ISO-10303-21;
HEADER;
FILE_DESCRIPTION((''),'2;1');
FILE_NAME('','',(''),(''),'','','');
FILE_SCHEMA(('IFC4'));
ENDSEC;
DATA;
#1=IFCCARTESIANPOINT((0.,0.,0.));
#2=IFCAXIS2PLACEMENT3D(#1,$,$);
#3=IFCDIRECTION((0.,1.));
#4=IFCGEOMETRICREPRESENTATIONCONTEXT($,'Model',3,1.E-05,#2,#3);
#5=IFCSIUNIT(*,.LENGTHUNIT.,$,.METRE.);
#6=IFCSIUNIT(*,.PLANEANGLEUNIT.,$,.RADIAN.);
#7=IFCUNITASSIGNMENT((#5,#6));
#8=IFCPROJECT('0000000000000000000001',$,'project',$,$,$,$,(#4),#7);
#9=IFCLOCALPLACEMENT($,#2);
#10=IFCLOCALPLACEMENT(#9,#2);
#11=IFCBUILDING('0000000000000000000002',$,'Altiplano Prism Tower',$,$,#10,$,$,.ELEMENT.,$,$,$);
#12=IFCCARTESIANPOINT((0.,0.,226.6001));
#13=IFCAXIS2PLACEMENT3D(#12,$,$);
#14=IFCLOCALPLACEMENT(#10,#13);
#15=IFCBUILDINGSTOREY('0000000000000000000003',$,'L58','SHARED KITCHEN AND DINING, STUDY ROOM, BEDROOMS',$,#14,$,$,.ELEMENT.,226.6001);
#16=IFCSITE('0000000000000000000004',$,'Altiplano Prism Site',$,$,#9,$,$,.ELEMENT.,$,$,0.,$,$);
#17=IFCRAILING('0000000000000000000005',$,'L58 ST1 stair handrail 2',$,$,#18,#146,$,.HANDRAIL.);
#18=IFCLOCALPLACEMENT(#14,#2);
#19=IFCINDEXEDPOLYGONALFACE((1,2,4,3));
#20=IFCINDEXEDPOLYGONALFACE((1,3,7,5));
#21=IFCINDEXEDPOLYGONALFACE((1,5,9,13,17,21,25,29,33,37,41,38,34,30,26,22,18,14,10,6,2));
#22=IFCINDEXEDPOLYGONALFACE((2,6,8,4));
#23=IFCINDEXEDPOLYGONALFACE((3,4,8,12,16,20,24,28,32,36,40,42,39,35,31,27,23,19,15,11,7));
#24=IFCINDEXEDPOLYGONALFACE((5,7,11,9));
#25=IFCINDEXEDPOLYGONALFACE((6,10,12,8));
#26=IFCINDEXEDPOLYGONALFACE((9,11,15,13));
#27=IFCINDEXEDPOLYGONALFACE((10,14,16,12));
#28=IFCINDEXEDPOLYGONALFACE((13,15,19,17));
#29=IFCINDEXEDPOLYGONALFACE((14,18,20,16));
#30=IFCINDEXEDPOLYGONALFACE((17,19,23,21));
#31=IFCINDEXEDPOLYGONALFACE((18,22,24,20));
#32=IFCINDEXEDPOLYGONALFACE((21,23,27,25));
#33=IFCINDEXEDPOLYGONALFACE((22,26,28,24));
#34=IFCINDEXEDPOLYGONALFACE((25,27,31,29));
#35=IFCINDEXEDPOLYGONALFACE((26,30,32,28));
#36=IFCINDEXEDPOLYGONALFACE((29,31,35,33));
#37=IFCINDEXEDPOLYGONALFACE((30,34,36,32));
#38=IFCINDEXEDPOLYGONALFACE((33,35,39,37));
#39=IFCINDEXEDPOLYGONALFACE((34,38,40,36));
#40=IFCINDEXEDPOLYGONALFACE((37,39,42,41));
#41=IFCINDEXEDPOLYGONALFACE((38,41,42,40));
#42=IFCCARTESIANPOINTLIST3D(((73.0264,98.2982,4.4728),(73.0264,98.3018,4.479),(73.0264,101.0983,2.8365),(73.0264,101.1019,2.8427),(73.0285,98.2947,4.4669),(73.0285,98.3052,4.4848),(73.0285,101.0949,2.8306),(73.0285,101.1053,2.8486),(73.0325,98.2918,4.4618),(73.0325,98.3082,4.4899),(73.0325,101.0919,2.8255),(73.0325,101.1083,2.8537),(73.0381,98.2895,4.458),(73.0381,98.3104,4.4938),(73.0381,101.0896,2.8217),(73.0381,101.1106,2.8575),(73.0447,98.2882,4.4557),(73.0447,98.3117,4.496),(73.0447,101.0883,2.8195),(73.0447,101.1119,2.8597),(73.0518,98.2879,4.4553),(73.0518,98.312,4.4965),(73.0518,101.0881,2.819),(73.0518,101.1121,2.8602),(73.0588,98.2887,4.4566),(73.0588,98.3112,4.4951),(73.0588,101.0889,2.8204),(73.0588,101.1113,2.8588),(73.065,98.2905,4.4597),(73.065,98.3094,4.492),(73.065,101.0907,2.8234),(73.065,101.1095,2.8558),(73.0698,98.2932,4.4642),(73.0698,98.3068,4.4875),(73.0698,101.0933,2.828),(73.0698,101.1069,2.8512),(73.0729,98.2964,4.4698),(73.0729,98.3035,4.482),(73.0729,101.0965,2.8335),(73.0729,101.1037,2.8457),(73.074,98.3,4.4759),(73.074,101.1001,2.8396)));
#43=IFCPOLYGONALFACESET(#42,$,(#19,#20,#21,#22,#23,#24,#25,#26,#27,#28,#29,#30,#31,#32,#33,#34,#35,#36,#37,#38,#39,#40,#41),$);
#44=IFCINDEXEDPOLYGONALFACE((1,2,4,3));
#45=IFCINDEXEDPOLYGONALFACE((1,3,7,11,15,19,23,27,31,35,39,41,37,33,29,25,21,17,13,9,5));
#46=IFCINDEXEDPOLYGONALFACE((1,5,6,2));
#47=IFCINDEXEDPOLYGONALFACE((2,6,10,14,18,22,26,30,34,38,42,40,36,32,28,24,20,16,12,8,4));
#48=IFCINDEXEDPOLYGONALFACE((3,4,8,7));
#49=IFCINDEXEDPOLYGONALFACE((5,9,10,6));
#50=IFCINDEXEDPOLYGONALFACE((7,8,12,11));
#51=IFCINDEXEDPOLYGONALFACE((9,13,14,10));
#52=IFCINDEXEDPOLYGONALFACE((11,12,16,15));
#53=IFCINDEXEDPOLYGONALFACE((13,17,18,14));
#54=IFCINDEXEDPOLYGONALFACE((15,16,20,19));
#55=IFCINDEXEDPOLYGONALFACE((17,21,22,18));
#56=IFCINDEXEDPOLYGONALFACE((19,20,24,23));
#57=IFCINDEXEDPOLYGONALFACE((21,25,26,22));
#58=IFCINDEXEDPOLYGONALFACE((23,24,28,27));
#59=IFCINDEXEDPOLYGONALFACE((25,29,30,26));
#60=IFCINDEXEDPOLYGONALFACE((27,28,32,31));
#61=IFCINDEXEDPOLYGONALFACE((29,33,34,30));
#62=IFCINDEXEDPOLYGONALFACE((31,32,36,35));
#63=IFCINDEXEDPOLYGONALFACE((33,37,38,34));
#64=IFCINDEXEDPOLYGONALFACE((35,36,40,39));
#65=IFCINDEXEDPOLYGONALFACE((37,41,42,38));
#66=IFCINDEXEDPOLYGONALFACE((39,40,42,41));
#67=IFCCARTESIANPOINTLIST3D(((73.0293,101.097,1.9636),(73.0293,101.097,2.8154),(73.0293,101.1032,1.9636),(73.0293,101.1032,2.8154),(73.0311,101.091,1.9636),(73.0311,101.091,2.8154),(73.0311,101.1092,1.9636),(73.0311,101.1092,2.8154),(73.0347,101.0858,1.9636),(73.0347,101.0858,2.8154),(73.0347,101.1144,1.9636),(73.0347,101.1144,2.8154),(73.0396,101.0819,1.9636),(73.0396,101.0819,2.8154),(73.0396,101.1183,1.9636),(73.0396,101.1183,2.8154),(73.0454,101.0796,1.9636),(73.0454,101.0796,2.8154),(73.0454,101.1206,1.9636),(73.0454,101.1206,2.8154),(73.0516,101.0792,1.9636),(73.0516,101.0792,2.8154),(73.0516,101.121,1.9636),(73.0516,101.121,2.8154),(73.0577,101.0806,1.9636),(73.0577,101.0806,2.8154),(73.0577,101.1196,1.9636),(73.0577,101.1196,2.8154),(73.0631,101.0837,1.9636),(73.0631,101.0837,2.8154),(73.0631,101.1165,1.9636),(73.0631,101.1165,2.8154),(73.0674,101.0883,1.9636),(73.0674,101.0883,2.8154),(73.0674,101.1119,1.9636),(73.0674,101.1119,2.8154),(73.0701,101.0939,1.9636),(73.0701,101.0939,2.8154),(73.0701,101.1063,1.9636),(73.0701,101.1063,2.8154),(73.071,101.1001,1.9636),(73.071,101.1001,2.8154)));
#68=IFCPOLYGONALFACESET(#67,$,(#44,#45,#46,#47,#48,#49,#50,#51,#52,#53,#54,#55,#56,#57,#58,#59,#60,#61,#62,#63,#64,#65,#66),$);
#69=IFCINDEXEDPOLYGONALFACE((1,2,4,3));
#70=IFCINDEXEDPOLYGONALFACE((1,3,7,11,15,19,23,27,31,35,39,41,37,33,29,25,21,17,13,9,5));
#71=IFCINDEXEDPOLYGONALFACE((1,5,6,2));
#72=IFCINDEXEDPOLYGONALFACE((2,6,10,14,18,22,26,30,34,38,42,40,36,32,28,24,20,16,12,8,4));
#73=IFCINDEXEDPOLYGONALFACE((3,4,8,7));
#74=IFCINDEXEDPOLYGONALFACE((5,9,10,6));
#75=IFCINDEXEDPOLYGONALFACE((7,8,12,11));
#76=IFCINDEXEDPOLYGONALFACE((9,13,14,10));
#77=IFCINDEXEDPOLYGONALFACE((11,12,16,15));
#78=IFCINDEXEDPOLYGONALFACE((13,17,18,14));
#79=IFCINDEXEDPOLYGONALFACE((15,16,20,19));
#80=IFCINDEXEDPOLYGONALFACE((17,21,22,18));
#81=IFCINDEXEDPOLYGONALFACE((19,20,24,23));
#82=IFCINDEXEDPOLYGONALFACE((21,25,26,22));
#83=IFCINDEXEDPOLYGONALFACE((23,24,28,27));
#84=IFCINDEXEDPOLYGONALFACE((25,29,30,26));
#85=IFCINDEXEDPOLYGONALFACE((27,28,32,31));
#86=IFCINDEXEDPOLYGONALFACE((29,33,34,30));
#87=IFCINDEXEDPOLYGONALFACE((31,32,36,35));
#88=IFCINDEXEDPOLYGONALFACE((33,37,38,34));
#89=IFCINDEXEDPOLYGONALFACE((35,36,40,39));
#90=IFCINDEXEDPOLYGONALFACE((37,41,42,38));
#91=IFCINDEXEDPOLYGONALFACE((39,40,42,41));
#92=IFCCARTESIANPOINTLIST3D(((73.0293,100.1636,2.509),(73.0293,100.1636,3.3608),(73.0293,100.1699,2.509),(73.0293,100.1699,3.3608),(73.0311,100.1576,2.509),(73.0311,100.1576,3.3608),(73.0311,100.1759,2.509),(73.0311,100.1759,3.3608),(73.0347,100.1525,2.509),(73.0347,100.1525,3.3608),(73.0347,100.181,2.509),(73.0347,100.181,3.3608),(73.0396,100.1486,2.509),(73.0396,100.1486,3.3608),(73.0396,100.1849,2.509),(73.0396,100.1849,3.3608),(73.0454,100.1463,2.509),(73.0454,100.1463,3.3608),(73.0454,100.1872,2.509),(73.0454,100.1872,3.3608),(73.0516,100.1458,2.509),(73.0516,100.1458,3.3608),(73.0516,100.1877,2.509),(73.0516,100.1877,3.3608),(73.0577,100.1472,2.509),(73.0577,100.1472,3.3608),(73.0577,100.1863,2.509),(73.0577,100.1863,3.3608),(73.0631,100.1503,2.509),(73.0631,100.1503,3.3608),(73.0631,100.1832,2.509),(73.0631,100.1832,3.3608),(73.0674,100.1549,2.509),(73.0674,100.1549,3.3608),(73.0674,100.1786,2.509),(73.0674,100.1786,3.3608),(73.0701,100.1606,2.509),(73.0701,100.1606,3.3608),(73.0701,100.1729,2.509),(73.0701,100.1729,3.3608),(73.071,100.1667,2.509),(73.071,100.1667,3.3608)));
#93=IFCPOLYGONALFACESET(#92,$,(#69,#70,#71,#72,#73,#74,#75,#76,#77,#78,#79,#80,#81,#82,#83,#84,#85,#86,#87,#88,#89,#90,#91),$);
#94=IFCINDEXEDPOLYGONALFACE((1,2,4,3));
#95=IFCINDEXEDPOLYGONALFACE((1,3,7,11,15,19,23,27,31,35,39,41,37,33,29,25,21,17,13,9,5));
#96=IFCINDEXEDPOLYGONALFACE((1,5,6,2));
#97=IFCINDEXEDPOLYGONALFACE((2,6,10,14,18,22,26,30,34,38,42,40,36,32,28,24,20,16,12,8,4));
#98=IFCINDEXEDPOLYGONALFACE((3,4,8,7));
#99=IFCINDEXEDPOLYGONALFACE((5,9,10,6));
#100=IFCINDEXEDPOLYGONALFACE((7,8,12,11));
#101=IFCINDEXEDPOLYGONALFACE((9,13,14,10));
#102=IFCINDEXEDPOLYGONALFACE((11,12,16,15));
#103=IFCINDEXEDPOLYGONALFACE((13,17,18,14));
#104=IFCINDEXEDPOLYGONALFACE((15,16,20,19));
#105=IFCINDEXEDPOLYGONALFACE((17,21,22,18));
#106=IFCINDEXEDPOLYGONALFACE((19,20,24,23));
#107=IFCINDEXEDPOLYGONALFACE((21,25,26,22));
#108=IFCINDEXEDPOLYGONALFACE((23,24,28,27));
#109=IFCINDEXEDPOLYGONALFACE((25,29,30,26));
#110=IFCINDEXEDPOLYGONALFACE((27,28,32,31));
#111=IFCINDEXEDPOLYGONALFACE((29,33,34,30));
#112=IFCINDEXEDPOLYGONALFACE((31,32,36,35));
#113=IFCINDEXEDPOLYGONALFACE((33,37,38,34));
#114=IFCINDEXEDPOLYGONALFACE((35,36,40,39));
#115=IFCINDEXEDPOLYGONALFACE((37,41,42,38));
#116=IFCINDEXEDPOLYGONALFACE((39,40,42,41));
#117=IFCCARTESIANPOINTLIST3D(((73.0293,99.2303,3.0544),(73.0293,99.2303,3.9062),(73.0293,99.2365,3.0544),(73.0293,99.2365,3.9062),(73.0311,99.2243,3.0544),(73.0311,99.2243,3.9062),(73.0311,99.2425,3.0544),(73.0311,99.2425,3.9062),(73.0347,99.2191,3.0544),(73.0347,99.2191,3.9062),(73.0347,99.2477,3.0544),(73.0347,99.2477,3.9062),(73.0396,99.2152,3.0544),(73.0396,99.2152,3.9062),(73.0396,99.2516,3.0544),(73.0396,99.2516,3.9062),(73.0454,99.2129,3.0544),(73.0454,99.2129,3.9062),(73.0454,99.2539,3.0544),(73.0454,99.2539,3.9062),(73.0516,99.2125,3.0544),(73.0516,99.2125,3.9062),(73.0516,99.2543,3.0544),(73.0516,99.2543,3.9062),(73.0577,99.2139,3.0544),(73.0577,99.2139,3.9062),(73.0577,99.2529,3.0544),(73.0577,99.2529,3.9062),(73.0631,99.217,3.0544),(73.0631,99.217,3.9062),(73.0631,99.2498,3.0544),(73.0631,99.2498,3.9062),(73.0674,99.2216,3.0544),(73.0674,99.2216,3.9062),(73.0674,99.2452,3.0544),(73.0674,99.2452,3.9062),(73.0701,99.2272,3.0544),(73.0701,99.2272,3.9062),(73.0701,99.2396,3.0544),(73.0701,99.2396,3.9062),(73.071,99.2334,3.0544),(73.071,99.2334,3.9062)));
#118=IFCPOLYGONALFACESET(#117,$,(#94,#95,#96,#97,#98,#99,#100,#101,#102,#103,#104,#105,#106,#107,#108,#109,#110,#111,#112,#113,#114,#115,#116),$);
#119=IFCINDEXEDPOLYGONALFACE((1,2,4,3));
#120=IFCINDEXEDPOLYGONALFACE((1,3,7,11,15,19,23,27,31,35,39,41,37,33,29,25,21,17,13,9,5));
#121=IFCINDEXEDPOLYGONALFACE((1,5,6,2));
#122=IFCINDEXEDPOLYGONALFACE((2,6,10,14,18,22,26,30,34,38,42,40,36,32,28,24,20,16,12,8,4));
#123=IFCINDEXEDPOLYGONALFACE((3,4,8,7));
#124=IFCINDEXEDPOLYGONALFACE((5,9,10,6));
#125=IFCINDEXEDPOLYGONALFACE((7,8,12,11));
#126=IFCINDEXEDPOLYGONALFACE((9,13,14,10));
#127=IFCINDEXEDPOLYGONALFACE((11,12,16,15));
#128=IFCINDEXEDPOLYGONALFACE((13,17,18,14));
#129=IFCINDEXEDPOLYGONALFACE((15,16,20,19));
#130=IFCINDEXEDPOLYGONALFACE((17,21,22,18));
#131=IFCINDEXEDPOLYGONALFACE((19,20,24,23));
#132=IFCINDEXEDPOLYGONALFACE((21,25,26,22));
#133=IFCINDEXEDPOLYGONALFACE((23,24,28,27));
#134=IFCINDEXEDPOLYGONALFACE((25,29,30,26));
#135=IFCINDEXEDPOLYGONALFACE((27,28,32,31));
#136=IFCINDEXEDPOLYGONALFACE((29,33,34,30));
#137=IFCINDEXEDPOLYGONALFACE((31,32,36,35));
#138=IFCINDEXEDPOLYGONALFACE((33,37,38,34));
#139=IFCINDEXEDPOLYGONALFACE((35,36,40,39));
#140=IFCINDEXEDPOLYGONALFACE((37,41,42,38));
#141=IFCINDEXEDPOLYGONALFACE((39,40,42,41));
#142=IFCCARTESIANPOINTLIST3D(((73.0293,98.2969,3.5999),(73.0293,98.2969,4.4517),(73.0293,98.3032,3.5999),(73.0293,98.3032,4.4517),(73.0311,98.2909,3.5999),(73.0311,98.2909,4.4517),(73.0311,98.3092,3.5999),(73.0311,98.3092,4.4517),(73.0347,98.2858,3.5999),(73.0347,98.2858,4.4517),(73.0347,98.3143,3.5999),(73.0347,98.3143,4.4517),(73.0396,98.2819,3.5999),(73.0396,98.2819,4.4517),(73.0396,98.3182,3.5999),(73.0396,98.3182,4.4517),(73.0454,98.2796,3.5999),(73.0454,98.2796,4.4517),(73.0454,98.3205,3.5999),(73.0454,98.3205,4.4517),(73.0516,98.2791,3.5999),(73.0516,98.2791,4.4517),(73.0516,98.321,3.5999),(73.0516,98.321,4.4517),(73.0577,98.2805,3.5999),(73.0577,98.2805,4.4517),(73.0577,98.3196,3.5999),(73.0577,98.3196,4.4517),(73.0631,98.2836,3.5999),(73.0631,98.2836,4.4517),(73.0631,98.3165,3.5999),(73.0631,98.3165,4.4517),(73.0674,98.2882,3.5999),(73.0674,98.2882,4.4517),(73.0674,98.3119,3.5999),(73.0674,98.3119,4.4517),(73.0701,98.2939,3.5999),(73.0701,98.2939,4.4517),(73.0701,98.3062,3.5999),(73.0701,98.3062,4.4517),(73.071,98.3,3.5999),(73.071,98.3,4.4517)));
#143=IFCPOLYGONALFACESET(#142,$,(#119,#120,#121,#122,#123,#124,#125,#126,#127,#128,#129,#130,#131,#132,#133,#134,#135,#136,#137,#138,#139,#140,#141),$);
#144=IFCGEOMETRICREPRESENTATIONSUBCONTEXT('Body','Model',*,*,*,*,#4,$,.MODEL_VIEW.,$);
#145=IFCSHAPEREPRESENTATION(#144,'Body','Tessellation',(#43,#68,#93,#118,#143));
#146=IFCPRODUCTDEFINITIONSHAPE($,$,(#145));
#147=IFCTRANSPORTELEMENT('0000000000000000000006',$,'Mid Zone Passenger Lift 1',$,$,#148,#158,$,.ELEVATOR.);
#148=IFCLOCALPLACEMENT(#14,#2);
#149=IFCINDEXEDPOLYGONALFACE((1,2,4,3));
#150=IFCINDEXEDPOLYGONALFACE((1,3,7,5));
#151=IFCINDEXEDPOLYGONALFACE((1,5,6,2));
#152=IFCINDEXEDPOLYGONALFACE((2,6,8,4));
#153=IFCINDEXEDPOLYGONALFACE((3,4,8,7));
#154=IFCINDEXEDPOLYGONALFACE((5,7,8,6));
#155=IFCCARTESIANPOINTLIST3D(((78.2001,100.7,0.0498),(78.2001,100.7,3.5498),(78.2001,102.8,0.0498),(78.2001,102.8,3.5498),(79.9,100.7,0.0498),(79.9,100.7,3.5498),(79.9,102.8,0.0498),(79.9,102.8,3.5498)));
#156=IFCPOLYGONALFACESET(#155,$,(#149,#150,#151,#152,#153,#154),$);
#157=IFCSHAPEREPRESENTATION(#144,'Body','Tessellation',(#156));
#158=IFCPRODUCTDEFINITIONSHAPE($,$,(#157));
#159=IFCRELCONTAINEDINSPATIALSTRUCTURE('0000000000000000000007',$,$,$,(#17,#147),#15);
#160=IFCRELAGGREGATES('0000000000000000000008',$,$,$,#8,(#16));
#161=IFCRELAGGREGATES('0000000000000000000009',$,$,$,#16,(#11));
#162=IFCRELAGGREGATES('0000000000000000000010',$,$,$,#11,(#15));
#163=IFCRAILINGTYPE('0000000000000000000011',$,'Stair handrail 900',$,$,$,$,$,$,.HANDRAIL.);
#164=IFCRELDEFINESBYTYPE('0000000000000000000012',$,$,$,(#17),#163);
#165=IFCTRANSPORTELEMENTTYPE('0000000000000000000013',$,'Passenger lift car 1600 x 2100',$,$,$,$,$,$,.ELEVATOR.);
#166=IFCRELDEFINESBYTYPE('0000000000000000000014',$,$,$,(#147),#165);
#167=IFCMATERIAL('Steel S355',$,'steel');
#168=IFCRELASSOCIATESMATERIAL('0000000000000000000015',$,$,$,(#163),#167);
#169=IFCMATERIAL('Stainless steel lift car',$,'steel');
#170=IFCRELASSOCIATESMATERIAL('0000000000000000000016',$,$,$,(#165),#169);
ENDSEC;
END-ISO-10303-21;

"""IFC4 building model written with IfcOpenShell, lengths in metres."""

from ifc_helpers import new_model, si_unit, direction, frame, origin, origin_2d, place, context, subcontext, project, spatial, rectangle, circle, extrude, material, type_object, element, save


model = new_model("IFC4")

# Units and contexts
model_context = context("Model", 3, precision=1e-05, world=origin(), true_north=direction((0.0, 1.0)))
body_context = subcontext(model_context, "Body", "Model", "MODEL_VIEW")
ifc_project = project(units=[si_unit("LENGTHUNIT", "METRE"), si_unit("PLANEANGLEUNIT", "RADIAN")], contexts=[model_context])

# Site, building, storey
site_placement = place(None, origin())
site = spatial("IfcSite", under=ifc_project, at=site_placement, Name="Altiplano Prism Site", CompositionType="ELEMENT", RefElevation=0.0)
building_placement = place(site_placement, origin())
building = spatial("IfcBuilding", under=site, at=building_placement, Name="Altiplano Prism Tower", CompositionType="ELEMENT")
storey_placement = place(building_placement, frame((0.0, 0.0, 226.6001)))
storey = spatial("IfcBuildingStorey", under=building, at=storey_placement, Name="L58", Description="SHARED KITCHEN AND DINING, STUDY ROOM, BEDROOMS", CompositionType="ELEMENT", Elevation=226.6001)

# Railing
ifc_material_1 = material(Name="Steel S355", Category="steel")
railing_type_1 = type_object("IfcRailingType", Name="Stair handrail 900", PredefinedType="HANDRAIL", material=ifc_material_1)
railing_1_placement = place(storey_placement, frame((73.05, 101.1001, 1.9636)))
element("IfcRailing", 1, at=railing_1_placement, inside=storey, type_object=railing_type_1, Name="L58 ST1 stair handrail 2", PredefinedType="HANDRAIL", context=body_context, shape_type="SweptSolid", body=[
    extrude(circle(Radius=0.0239, at=origin_2d()), frame((0.0, 0.0, 0.876), z_axis=(0.0, -0.863394, 0.504531), x_axis=(1.0, 0.0, 0.0)), (0.0, 0.0, 1.0), 3.2432),
    extrude(circle(Radius=0.021, at=origin_2d()), origin(), (0.0, 0.0, 1.0), 0.8518),
    extrude(circle(Radius=0.021, at=origin_2d()), frame((0.0, -0.9333, 0.5454)), (0.0, 0.0, 1.0), 0.8518),
    extrude(circle(Radius=0.021, at=origin_2d()), frame((0.0, -1.8667, 1.0908)), (0.0, 0.0, 1.0), 0.8518),
    extrude(circle(Radius=0.021, at=origin_2d()), frame((0.0, -2.8, 1.6362)), (0.0, 0.0, 1.0), 0.8518),
])

# Transport element
ifc_material_2 = material(Name="Stainless steel lift car", Category="steel")
transport_element_type = type_object("IfcTransportElementType", Name="Passenger lift car 1600 x 2100", PredefinedType="ELEVATOR", material=ifc_material_2)
transport_element_placement = place(storey_placement, frame((79.05, 101.75, 0.0498), z_axis=(0.0, 0.0, 1.0), x_axis=(1.0, 0.0, 0.0)))
element("IfcTransportElement", 2, at=transport_element_placement, inside=storey, type_object=transport_element_type, Name="Mid Zone Passenger Lift 1", PredefinedType="ELEVATOR", context=body_context, shape_type="SweptSolid", body=[
    extrude(rectangle(XDim=1.7, YDim=2.1001, at=origin_2d()), origin(), (0.0, 0.0, 1.0), 3.5),
])

save(model, "model.ifc")
